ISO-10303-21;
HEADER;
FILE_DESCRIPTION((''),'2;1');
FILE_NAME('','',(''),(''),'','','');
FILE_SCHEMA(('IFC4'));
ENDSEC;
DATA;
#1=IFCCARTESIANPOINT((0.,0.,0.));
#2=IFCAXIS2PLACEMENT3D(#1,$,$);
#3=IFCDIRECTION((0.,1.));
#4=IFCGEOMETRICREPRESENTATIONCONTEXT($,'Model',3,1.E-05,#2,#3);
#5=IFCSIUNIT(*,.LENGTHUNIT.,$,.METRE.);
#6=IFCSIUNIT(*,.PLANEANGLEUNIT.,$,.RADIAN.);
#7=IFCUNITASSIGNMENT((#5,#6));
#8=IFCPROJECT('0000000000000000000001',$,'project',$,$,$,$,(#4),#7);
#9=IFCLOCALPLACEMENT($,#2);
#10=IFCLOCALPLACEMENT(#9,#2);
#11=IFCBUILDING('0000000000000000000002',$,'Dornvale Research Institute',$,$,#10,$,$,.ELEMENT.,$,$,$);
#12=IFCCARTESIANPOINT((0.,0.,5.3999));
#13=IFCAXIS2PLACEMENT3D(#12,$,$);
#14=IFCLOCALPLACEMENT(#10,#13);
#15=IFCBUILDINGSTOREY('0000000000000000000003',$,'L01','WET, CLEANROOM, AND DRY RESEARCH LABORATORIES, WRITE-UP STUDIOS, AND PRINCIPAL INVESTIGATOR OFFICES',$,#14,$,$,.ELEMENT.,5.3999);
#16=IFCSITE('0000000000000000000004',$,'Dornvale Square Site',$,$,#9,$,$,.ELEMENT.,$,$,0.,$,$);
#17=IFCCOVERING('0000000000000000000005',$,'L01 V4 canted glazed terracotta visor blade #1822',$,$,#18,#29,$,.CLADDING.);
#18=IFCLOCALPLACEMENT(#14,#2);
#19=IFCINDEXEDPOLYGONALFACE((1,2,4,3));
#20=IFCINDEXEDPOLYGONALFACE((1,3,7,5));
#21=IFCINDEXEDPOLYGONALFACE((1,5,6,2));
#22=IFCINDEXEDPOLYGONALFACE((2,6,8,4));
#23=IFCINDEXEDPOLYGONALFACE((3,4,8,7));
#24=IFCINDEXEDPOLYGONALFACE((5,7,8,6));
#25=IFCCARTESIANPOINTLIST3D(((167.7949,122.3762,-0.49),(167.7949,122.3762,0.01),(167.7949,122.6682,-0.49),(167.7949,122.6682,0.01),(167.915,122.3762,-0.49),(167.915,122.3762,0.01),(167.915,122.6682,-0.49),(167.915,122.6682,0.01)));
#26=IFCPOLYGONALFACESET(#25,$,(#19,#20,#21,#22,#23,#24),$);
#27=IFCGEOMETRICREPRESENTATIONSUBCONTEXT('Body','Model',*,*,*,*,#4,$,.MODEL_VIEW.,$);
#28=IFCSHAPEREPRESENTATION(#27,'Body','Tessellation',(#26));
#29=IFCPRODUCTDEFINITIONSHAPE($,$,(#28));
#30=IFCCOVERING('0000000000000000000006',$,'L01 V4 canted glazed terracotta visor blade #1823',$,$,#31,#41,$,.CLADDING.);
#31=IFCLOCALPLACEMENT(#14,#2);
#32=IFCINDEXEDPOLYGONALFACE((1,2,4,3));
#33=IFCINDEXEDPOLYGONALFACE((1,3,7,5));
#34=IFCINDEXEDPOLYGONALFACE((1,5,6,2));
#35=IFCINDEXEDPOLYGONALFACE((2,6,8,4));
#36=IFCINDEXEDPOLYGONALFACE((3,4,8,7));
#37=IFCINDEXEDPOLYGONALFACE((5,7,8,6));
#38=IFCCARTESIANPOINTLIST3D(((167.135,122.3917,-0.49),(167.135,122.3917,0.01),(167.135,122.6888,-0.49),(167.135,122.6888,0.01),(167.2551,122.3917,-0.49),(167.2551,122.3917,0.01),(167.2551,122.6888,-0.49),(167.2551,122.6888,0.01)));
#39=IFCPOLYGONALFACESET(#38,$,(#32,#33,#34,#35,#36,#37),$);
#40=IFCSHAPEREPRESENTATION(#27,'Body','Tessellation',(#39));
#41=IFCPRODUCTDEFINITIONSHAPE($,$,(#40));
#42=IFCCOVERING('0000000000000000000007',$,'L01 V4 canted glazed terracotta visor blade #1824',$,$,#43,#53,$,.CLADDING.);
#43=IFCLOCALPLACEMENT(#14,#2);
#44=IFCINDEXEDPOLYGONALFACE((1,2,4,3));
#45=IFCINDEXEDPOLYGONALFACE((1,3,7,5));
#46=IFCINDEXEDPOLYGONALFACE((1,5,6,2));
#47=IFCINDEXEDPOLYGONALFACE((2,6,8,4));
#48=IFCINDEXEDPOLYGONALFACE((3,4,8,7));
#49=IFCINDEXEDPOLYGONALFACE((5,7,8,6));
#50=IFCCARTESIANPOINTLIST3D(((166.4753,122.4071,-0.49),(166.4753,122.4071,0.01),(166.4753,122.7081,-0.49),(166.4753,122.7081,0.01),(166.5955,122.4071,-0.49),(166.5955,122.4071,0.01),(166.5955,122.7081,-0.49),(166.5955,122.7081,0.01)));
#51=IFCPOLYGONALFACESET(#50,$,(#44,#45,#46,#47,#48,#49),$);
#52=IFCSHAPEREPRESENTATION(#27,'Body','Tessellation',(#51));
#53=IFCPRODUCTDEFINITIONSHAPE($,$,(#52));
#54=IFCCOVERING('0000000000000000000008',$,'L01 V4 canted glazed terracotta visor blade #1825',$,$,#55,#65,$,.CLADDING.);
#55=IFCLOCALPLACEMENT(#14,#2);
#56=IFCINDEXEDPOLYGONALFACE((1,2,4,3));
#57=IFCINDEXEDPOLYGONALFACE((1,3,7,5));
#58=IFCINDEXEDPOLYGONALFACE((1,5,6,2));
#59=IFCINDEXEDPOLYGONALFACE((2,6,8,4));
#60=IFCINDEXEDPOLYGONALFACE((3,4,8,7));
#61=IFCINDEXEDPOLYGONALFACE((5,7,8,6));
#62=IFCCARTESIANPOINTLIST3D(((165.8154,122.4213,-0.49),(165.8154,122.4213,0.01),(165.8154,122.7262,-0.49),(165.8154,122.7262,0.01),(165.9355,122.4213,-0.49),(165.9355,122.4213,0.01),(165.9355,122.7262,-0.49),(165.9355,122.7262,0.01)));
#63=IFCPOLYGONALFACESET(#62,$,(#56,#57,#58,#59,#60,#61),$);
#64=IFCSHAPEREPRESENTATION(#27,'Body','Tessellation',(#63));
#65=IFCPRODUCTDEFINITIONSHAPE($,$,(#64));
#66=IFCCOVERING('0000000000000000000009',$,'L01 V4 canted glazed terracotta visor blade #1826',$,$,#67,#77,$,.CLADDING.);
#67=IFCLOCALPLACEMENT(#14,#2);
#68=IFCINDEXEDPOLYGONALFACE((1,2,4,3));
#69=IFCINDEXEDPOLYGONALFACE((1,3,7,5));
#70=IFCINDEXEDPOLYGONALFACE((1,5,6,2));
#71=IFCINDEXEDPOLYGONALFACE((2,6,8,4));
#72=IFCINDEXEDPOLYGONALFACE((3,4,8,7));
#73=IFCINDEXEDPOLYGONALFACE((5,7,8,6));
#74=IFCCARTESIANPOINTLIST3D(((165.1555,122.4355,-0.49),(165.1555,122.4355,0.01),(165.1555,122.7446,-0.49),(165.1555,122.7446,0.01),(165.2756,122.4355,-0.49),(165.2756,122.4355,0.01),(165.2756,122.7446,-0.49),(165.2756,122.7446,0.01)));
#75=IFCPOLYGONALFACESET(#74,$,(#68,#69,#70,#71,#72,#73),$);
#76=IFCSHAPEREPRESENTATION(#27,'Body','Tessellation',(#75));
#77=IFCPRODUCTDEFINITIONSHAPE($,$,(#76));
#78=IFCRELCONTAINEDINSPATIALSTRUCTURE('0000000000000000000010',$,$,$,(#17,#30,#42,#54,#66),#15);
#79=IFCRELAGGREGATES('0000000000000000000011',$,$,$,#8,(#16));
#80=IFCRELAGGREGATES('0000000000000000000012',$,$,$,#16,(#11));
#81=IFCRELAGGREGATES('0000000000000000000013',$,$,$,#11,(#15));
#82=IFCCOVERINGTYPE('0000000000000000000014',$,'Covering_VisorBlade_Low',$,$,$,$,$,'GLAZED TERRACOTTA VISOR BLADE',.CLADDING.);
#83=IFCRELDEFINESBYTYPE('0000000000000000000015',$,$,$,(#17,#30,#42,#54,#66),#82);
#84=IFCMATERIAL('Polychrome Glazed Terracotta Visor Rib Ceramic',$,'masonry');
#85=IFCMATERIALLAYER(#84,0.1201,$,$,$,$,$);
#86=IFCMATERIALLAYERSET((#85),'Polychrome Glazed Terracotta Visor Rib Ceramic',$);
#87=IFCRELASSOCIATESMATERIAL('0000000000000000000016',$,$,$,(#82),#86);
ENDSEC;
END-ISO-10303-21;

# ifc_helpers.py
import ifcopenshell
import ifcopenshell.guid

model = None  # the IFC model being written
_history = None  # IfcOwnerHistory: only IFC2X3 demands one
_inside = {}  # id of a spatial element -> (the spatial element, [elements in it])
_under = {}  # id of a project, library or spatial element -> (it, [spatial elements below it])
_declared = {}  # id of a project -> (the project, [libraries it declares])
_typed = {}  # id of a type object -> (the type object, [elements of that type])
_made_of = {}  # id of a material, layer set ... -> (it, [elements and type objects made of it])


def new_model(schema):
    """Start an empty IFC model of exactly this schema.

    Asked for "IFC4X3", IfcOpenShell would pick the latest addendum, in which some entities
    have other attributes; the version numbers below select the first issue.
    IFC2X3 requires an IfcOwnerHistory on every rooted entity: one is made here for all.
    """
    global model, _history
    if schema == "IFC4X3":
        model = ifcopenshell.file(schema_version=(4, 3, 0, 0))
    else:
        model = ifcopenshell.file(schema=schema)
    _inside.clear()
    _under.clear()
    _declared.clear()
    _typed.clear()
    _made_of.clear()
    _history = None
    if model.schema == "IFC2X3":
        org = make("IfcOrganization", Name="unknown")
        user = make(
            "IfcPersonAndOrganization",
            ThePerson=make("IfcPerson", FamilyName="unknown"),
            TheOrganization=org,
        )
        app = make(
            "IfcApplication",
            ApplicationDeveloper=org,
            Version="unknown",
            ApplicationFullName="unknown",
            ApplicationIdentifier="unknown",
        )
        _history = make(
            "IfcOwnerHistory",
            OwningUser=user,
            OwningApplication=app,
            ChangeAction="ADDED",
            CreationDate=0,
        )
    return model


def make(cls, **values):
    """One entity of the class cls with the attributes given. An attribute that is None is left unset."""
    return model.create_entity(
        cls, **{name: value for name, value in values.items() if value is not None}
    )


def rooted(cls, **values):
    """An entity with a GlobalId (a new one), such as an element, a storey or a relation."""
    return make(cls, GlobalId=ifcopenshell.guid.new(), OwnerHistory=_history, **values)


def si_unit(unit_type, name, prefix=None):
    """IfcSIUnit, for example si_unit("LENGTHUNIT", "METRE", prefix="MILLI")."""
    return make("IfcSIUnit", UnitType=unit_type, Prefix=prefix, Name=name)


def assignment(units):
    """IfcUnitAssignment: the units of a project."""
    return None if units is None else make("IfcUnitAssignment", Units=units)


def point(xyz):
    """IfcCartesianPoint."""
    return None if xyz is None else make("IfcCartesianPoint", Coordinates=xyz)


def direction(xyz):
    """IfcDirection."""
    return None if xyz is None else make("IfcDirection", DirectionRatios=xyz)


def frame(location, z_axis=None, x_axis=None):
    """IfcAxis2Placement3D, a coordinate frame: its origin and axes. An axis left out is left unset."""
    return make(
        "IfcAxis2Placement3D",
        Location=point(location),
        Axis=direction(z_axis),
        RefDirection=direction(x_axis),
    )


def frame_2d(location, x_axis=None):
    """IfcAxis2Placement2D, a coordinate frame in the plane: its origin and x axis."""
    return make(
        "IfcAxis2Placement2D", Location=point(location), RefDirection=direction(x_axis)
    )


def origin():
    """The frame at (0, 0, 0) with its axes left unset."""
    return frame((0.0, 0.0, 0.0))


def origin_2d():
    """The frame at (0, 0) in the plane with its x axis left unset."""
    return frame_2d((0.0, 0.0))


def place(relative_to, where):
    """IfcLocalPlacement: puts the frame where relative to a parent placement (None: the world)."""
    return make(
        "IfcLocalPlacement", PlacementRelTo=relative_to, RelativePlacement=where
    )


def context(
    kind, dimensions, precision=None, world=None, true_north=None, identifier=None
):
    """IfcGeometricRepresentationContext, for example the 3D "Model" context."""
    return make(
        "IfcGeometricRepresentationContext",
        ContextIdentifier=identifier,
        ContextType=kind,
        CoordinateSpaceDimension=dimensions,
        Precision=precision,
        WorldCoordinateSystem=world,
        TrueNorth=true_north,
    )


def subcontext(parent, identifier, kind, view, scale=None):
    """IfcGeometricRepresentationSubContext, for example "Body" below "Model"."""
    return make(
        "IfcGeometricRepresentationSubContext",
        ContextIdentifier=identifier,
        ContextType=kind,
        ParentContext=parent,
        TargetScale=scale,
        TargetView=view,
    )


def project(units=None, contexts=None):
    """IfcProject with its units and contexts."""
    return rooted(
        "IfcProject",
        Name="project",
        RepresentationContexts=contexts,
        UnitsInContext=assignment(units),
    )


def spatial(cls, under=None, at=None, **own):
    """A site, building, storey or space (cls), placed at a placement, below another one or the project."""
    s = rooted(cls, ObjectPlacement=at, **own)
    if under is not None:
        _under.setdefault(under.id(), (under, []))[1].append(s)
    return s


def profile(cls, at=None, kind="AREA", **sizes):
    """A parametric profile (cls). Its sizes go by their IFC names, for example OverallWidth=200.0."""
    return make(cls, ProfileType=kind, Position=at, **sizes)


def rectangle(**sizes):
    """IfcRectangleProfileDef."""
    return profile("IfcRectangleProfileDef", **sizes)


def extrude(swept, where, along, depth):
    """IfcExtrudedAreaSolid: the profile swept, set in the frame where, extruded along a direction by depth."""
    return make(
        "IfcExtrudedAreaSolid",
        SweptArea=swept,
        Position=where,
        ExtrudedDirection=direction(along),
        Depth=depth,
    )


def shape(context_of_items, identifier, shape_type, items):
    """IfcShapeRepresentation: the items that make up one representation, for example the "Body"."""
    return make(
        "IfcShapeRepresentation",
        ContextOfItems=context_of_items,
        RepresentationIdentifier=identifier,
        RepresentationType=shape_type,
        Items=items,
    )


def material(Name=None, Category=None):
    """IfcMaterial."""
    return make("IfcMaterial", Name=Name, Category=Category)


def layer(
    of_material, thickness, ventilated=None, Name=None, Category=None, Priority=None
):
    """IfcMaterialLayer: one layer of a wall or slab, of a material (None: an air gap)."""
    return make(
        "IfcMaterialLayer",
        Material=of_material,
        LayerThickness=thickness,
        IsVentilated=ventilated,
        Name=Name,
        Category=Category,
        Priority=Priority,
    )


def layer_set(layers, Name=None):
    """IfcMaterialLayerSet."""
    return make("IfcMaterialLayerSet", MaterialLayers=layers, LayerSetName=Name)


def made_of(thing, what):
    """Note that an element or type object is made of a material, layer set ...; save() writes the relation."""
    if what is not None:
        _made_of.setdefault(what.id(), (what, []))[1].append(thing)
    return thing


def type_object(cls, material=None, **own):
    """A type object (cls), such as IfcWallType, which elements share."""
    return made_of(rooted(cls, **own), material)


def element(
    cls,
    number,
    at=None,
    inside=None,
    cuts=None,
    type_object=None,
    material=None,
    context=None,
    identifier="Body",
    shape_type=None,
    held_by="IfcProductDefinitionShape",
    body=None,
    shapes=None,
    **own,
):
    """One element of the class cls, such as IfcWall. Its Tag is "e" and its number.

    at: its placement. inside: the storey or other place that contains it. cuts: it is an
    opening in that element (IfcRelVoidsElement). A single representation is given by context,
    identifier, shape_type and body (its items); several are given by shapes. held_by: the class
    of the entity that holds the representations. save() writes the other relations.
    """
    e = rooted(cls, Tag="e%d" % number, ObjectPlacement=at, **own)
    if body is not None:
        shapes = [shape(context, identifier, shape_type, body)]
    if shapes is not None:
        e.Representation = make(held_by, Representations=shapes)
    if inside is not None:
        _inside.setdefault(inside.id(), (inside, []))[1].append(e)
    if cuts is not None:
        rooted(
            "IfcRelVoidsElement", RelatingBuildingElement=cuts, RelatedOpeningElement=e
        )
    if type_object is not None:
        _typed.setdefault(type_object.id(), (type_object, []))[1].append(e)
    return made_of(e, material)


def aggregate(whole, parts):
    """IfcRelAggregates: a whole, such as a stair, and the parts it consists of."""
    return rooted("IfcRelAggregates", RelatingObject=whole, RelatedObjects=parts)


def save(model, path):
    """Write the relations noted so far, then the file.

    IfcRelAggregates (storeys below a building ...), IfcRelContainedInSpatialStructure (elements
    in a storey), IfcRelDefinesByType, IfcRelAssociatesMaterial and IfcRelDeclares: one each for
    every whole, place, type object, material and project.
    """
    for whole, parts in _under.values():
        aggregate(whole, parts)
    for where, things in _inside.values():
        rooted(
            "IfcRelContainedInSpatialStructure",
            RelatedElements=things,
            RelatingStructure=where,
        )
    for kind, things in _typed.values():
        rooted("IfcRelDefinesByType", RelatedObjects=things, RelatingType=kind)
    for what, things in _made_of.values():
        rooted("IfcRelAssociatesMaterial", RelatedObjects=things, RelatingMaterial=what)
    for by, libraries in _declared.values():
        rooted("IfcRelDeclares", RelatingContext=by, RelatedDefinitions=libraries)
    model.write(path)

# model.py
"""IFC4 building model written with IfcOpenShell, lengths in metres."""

from ifc_helpers import new_model, si_unit, direction, frame, origin, origin_2d, place, context, subcontext, project, spatial, rectangle, extrude, material, layer, layer_set, type_object, element, save


model = new_model("IFC4")

# Units and contexts
model_context = context("Model", 3, precision=1e-05, world=origin(), true_north=direction((0.0, 1.0)))
body_context = subcontext(model_context, "Body", "Model", "MODEL_VIEW")
ifc_project = project(units=[si_unit("LENGTHUNIT", "METRE"), si_unit("PLANEANGLEUNIT", "RADIAN")], contexts=[model_context])

# Site, building, storey
site_placement = place(None, origin())
site = spatial("IfcSite", under=ifc_project, at=site_placement, Name="Dornvale Square Site", CompositionType="ELEMENT", RefElevation=0.0)
building_placement = place(site_placement, origin())
building = spatial("IfcBuilding", under=site, at=building_placement, Name="Dornvale Research Institute", CompositionType="ELEMENT")
storey_placement = place(building_placement, frame((0.0, 0.0, 5.3999)))
storey = spatial("IfcBuildingStorey", under=building, at=storey_placement, Name="L01", Description="WET, CLEANROOM, AND DRY RESEARCH LABORATORIES, WRITE-UP STUDIOS, AND PRINCIPAL INVESTIGATOR OFFICES", CompositionType="ELEMENT", Elevation=5.3999)

# Coverings
ifc_material_1 = material(Name="Polychrome Glazed Terracotta Visor Rib Ceramic", Category="masonry")
ifc_layer_1 = layer(ifc_material_1, 0.1201)
ifc_layer_set_1 = layer_set([ifc_layer_1], Name="Polychrome Glazed Terracotta Visor Rib Ceramic")
covering_type = type_object("IfcCoveringType", Name="Covering_VisorBlade_Low", ElementType="GLAZED TERRACOTTA VISOR BLADE", PredefinedType="CLADDING", material=ifc_layer_set_1)
covering_1_placement = place(storey_placement, frame((167.855, 122.5222, -0.49), z_axis=(0.0, 0.0, 1.0), x_axis=(0.0, 1.0, 0.0)))
element("IfcCovering", 1, at=covering_1_placement, inside=storey, type_object=covering_type, Name="L01 V4 canted glazed terracotta visor blade #1822", PredefinedType="CLADDING", context=body_context, shape_type="SweptSolid", body=[
    extrude(rectangle(XDim=0.292, YDim=0.1201, at=origin_2d()), origin(), (0.0, 0.0, 1.0), 0.5),
])
covering_2_placement = place(storey_placement, frame((167.1951, 122.5403, -0.49), z_axis=(0.0, 0.0, 1.0), x_axis=(0.0, 1.0, 0.0)))
element("IfcCovering", 2, at=covering_2_placement, inside=storey, type_object=covering_type, Name="L01 V4 canted glazed terracotta visor blade #1823", PredefinedType="CLADDING", context=body_context, shape_type="SweptSolid", body=[
    extrude(rectangle(XDim=0.2971, YDim=0.1201, at=origin_2d()), origin(), (0.0, 0.0, 1.0), 0.5),
])
covering_3_placement = place(storey_placement, frame((166.5354, 122.5576, -0.49), z_axis=(0.0, 0.0, 1.0), x_axis=(0.0, 1.0, 0.0)))
element("IfcCovering", 3, at=covering_3_placement, inside=storey, type_object=covering_type, Name="L01 V4 canted glazed terracotta visor blade #1824", PredefinedType="CLADDING", context=body_context, shape_type="SweptSolid", body=[
    extrude(rectangle(XDim=0.301, YDim=0.1201, at=origin_2d()), origin(), (0.0, 0.0, 1.0), 0.5),
])
covering_4_placement = place(storey_placement, frame((165.8755, 122.5737, -0.49), z_axis=(0.0, 0.0, 1.0), x_axis=(0.0, 1.0, 0.0)))
element("IfcCovering", 4, at=covering_4_placement, inside=storey, type_object=covering_type, Name="L01 V4 canted glazed terracotta visor blade #1825", PredefinedType="CLADDING", context=body_context, shape_type="SweptSolid", body=[
    extrude(rectangle(XDim=0.3049, YDim=0.1201, at=origin_2d()), origin(), (0.0, 0.0, 1.0), 0.5),
])
covering_5_placement = place(storey_placement, frame((165.2156, 122.5901, -0.49), z_axis=(0.0, 0.0, 1.0), x_axis=(0.0, 1.0, 0.0)))
element("IfcCovering", 5, at=covering_5_placement, inside=storey, type_object=covering_type, Name="L01 V4 canted glazed terracotta visor blade #1826", PredefinedType="CLADDING", context=body_context, shape_type="SweptSolid", body=[
    extrude(rectangle(XDim=0.3091, YDim=0.1201, at=origin_2d()), origin(), (0.0, 0.0, 1.0), 0.5),
])

save(model, "model.ifc")
